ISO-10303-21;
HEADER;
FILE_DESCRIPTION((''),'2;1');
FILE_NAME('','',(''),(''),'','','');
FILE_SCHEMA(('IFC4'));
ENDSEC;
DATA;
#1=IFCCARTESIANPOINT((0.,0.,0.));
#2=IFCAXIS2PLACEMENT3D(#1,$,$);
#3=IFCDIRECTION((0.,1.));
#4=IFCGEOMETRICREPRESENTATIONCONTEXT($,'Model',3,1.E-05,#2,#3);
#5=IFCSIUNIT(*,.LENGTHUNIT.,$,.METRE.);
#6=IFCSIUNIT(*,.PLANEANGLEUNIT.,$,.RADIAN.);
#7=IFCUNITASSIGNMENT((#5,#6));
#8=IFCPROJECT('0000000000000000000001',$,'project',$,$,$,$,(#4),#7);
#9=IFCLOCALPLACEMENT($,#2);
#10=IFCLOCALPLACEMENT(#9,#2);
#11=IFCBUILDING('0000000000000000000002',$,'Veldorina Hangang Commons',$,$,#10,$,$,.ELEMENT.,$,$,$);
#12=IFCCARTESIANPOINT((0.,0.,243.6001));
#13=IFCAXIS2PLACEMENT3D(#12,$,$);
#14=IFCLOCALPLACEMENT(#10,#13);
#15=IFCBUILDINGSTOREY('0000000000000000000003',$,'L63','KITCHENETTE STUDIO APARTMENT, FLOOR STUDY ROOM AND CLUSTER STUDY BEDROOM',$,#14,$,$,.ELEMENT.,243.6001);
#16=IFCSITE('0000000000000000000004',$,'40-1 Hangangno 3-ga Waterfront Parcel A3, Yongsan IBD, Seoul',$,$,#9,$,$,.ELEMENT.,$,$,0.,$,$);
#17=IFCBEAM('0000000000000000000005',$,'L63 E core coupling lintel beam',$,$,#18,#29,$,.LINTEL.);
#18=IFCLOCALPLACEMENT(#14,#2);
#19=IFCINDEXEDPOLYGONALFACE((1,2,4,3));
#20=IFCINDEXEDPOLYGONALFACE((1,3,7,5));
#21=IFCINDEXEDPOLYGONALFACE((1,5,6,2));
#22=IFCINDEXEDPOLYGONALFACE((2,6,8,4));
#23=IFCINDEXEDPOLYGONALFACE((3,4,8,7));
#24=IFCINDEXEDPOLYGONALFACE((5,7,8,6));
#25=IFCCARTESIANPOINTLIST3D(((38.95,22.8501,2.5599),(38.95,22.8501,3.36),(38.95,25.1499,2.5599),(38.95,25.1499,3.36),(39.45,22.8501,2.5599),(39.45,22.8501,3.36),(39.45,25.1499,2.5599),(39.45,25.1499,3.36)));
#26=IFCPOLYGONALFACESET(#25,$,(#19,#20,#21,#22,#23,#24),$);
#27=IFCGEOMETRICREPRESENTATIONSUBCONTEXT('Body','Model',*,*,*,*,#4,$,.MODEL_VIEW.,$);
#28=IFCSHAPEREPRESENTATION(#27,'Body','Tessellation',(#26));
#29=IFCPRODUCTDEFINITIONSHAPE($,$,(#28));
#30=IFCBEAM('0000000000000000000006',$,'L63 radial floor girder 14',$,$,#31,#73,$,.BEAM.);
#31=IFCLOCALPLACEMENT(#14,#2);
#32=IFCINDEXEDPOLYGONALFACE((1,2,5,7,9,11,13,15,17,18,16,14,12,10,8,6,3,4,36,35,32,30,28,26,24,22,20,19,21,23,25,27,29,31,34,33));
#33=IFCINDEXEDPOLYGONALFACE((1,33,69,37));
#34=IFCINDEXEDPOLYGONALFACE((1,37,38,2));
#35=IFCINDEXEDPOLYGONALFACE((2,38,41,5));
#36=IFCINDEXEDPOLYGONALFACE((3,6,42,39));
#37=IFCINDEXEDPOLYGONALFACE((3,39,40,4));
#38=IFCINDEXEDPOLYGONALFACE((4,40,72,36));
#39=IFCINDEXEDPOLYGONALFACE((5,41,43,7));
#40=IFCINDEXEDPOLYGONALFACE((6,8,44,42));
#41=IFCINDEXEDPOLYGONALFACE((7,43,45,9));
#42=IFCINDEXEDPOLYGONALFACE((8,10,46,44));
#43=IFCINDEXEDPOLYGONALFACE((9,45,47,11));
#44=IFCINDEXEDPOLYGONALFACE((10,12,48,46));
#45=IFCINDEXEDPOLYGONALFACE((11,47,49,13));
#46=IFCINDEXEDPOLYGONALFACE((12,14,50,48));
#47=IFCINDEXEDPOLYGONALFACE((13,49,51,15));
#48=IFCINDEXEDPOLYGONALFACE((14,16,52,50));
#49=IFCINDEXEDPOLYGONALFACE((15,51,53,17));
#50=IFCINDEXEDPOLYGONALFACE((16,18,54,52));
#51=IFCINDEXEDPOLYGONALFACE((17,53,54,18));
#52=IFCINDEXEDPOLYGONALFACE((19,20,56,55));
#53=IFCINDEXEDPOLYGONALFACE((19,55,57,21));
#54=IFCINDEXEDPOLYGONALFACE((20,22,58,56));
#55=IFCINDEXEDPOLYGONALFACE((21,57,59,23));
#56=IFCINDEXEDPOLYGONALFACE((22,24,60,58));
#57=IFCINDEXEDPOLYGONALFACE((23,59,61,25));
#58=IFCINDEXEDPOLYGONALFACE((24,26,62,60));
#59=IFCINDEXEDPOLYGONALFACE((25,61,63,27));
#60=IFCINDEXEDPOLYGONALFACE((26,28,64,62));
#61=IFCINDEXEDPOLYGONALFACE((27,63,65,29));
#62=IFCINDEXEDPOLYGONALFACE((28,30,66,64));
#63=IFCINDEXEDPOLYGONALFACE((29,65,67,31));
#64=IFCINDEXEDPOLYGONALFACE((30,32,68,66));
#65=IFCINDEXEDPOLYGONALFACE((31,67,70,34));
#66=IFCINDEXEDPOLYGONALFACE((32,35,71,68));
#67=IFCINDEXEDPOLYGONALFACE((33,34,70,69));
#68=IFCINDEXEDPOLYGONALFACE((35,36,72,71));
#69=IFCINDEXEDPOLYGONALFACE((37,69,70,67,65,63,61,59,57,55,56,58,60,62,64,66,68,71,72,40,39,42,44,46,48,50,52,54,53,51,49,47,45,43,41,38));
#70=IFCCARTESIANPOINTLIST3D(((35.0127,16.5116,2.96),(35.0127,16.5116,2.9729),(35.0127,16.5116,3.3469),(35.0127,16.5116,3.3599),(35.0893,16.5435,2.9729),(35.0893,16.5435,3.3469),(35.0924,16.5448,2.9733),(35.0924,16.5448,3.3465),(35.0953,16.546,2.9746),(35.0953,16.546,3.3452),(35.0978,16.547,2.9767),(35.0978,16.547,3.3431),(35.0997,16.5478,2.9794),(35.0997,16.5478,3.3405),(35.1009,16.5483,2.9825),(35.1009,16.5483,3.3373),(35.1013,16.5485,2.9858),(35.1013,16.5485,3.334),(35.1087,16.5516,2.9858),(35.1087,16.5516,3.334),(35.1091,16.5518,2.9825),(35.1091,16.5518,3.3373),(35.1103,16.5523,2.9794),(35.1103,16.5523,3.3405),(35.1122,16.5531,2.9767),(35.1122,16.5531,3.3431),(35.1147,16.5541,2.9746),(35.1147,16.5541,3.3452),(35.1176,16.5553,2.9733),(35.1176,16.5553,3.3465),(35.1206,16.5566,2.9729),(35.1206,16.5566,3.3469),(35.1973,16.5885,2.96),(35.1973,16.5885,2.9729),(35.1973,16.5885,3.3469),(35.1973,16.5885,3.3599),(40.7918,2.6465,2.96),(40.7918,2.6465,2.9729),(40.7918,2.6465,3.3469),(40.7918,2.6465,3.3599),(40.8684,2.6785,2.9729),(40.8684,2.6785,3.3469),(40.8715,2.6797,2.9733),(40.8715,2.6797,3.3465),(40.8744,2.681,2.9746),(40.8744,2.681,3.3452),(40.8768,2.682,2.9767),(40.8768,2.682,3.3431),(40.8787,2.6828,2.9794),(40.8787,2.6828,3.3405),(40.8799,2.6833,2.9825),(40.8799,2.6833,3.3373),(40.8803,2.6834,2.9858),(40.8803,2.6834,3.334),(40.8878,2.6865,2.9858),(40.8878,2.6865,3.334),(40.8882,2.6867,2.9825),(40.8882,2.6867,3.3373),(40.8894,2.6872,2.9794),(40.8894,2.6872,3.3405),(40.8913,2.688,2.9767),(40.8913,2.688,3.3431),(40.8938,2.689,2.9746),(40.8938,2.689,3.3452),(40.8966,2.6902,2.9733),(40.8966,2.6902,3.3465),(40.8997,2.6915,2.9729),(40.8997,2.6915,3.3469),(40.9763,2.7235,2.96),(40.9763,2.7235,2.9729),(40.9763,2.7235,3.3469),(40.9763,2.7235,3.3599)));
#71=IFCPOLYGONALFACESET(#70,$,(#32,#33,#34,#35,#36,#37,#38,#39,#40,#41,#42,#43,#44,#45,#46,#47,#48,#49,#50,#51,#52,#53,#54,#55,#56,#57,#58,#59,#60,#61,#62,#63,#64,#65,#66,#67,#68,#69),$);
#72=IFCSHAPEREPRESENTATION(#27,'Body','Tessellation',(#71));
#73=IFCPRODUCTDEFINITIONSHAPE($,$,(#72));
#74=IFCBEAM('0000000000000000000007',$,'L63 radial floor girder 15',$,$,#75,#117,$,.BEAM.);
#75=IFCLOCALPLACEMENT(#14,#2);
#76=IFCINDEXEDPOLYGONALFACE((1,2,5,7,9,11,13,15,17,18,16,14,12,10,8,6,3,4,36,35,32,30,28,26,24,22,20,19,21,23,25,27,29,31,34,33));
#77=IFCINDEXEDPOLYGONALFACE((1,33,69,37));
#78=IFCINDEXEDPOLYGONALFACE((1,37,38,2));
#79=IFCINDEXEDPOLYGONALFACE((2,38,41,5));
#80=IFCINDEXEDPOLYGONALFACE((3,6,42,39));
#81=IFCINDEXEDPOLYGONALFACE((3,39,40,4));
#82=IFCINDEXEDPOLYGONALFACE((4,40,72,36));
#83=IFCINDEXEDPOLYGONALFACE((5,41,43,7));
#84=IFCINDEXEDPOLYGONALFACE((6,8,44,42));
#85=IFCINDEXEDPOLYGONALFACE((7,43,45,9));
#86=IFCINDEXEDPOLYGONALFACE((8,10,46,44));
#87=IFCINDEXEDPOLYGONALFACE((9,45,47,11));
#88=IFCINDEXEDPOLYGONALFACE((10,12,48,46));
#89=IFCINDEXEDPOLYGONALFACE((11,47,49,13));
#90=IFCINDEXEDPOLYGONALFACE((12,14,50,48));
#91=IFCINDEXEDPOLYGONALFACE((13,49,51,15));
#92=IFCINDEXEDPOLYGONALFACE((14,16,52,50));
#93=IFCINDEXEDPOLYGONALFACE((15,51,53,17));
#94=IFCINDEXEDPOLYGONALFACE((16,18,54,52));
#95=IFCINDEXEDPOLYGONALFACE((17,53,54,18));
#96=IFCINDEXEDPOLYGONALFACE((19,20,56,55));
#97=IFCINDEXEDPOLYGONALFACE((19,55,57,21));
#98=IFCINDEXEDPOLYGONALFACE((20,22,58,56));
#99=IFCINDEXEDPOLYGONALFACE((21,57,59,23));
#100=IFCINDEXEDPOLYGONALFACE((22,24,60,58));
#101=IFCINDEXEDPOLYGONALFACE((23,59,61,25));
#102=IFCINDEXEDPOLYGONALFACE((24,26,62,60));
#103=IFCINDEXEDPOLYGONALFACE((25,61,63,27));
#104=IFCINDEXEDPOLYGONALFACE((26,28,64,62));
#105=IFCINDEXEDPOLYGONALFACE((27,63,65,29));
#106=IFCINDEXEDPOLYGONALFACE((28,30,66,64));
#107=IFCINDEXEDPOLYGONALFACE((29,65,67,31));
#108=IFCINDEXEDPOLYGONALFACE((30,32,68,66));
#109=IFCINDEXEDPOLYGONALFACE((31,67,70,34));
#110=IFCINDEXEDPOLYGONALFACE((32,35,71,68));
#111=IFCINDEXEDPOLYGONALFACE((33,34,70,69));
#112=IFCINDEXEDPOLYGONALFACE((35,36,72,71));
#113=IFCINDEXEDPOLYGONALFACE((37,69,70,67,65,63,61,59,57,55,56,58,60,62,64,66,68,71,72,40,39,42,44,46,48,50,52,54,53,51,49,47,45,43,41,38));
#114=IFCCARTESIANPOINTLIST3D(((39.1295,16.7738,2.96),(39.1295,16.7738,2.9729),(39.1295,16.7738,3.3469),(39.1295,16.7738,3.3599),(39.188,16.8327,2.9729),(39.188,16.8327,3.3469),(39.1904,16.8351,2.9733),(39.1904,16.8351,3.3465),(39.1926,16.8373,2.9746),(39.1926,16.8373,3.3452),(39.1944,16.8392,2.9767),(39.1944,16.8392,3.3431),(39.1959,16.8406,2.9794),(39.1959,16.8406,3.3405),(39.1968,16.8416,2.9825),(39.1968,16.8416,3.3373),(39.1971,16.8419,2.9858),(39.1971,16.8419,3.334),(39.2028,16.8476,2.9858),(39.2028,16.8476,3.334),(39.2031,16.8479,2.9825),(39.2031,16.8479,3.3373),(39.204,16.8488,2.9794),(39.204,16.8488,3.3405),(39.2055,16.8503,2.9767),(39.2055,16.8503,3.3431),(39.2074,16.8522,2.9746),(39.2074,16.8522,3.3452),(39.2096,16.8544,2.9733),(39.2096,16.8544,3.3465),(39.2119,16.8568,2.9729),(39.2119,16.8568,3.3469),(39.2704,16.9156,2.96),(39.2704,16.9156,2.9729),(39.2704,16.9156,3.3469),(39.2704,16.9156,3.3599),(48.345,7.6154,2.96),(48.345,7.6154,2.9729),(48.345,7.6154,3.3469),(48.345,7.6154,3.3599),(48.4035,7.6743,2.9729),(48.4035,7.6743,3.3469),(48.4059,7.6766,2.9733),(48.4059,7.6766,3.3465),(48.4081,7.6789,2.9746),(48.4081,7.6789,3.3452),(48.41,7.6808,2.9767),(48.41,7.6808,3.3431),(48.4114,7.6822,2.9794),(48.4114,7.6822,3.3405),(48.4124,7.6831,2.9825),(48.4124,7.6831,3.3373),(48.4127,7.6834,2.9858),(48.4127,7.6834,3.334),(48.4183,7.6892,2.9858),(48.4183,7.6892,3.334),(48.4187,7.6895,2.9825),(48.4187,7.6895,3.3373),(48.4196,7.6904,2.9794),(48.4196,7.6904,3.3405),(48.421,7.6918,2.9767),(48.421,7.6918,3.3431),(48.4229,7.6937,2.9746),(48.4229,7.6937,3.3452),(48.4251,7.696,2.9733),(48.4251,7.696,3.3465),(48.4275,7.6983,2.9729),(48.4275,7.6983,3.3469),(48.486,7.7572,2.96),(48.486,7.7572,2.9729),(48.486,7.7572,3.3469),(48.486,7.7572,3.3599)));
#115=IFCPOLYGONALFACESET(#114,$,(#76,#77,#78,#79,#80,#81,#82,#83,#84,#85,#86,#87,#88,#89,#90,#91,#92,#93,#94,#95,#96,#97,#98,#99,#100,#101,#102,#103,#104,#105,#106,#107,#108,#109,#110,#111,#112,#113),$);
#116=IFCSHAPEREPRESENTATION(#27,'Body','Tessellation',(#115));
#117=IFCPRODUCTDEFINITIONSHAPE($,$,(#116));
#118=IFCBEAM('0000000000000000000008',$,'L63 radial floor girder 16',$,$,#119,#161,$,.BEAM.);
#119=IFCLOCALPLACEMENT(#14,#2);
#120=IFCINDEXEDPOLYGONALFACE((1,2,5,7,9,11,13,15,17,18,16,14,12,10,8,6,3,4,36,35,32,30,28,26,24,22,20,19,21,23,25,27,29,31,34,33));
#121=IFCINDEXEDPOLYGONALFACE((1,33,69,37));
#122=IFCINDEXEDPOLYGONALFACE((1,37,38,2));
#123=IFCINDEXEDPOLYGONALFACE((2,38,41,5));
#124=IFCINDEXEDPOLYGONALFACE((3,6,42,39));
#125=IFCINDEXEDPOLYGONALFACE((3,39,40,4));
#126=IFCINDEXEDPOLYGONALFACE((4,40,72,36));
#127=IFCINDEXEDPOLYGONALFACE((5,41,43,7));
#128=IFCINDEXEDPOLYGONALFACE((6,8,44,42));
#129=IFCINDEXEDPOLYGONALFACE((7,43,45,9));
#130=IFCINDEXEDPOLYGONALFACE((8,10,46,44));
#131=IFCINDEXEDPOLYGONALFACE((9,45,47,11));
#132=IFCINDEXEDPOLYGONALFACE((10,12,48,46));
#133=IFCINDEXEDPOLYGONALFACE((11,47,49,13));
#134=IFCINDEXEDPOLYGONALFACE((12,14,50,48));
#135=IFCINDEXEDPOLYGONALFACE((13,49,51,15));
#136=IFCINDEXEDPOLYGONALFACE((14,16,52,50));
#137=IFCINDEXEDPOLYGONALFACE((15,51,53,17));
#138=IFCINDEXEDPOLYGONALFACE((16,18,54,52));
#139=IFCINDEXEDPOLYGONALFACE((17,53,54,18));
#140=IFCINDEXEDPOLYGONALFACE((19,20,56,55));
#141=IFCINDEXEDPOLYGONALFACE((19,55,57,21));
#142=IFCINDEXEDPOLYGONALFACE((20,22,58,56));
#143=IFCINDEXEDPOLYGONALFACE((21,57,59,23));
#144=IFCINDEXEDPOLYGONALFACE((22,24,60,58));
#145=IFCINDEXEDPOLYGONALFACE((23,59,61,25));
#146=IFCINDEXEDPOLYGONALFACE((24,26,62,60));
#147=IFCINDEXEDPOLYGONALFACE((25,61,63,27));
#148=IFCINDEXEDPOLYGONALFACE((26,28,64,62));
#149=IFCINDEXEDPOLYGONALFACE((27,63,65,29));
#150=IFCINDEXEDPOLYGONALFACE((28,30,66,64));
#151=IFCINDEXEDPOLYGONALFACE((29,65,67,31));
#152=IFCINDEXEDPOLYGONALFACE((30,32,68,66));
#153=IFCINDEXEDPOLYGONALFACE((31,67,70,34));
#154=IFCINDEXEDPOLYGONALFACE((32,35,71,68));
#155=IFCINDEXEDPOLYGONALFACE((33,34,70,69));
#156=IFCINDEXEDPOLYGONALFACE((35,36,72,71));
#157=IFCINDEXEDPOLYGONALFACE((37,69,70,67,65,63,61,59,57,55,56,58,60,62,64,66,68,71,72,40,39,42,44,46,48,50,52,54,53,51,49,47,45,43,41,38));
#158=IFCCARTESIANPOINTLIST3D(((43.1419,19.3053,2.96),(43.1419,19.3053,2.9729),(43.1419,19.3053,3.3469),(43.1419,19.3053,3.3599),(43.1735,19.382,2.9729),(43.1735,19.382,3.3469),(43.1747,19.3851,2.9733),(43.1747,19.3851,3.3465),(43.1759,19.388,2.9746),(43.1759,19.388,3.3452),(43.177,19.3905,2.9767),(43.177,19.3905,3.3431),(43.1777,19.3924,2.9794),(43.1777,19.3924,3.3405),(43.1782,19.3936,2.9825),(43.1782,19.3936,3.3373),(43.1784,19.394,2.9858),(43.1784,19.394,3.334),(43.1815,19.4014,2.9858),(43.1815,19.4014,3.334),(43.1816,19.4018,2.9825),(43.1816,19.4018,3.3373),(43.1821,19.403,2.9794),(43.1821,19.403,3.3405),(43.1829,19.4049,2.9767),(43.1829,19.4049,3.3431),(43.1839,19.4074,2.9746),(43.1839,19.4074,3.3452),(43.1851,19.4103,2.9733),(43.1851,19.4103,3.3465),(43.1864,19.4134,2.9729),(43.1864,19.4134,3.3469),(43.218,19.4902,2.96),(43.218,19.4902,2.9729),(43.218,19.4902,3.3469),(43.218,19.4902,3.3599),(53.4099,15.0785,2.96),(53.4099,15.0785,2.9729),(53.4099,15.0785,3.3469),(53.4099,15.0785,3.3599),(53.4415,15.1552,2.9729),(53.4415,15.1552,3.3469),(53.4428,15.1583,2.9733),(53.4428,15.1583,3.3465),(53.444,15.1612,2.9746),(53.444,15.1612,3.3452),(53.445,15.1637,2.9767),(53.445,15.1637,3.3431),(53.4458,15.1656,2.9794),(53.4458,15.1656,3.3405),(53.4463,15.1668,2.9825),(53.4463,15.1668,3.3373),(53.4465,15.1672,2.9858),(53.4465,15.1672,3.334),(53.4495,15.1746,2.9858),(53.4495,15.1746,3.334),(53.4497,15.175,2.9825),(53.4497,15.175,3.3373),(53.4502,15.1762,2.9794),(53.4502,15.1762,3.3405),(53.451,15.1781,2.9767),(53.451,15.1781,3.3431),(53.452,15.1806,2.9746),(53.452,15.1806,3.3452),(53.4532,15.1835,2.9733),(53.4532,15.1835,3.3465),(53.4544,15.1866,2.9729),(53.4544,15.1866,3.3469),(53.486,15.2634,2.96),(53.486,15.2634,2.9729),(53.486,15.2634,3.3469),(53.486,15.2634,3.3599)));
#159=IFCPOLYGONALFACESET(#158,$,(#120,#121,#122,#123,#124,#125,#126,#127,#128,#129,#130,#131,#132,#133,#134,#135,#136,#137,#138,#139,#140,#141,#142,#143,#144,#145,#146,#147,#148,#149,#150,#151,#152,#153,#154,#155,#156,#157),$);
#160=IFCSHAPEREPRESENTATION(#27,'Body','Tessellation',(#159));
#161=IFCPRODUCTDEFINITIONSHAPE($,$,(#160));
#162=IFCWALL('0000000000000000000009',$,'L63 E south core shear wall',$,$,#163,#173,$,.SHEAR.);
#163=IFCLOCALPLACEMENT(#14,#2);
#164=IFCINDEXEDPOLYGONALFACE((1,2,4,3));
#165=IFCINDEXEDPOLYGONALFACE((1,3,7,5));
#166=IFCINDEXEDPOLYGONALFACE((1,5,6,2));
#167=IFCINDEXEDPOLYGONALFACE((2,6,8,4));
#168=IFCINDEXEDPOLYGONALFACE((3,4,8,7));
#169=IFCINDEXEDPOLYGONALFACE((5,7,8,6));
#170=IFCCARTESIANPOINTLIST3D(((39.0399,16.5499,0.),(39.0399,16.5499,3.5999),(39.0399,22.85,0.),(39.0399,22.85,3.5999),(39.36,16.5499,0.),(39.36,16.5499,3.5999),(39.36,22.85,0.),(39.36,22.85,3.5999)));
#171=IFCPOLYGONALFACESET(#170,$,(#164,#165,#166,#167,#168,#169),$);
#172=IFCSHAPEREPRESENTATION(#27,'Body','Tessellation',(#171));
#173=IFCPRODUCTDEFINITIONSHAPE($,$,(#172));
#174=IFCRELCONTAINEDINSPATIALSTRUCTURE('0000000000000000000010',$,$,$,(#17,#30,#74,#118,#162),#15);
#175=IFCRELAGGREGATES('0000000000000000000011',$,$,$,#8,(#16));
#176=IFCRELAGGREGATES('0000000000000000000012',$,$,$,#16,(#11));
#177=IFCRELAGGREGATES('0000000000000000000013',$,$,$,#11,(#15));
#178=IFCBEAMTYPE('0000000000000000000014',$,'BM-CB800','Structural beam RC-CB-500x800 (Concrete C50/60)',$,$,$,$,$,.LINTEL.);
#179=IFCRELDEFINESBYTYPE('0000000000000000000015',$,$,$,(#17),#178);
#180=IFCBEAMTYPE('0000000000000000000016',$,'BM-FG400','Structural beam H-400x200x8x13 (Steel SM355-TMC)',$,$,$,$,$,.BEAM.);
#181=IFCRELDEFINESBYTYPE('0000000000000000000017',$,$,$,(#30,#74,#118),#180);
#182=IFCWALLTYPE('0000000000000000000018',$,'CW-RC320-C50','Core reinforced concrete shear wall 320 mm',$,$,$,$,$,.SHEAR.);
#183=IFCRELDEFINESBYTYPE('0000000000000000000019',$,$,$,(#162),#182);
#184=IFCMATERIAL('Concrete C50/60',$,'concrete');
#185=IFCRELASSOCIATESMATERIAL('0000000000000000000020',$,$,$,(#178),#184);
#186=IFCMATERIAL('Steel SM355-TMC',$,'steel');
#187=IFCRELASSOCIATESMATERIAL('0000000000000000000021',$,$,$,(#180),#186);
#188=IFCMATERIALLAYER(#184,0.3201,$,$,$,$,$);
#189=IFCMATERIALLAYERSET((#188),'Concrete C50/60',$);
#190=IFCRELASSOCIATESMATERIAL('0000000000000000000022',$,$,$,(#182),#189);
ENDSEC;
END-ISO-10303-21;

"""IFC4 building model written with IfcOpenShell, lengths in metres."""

from ifc_helpers import new_model, si_unit, direction, frame, frame_2d, origin, origin_2d, place, context, subcontext, project, spatial, rectangle, i_section, extrude, material, layer, layer_set, material_profile, profile_set, type_object, element, save


model = new_model("IFC4")

# Units and contexts
model_context = context("Model", 3, precision=1e-05, world=origin(), true_north=direction((0.0, 1.0)))
body_context = subcontext(model_context, "Body", "Model", "MODEL_VIEW")
ifc_project = project(units=[si_unit("LENGTHUNIT", "METRE"), si_unit("PLANEANGLEUNIT", "RADIAN")], contexts=[model_context])

# Site, building, storey
site_placement = place(None, origin())
site = spatial("IfcSite", under=ifc_project, at=site_placement, Name="40-1 Hangangno 3-ga Waterfront Parcel A3, Yongsan IBD, Seoul", CompositionType="ELEMENT", RefElevation=0.0)
building_placement = place(site_placement, origin())
building = spatial("IfcBuilding", under=site, at=building_placement, Name="Veldorina Hangang Commons", CompositionType="ELEMENT")
storey_placement = place(building_placement, frame((0.0, 0.0, 243.6001)))
storey = spatial("IfcBuildingStorey", under=building, at=storey_placement, Name="L63", Description="KITCHENETTE STUDIO APARTMENT, FLOOR STUDY ROOM AND CLUSTER STUDY BEDROOM", CompositionType="ELEMENT", Elevation=243.6001)

# Beams
ifc_material_1 = material(Name="Concrete C50/60", Category="concrete")
ifc_material_profile_1 = material_profile(ifc_material_1, rectangle(XDim=0.5, YDim=0.8, at=origin_2d()), Name="RC-CB-500x800")
ifc_profile_set_1 = profile_set([ifc_material_profile_1], Name="Concrete C50/60")
beam_type_1 = type_object("IfcBeamType", Name="BM-CB800", Description="Structural beam RC-CB-500x800 (Concrete C50/60)", PredefinedType="LINTEL", material=ifc_profile_set_1)
beam_1_placement = place(storey_placement, frame((39.2, 22.8501, 2.96), z_axis=(0.0, 1.0, 0.0), x_axis=(-1.0, 0.0, 0.0)))
element("IfcBeam", 1, at=beam_1_placement, inside=storey, type_object=beam_type_1, Name="L63 E core coupling lintel beam", PredefinedType="LINTEL", context=body_context, shape_type="SweptSolid", body=[
    extrude(rectangle(XDim=0.5, YDim=0.8, at=origin_2d()), origin(), (0.0, 0.0, 1.0), 2.2998),
])
ifc_material_2 = material(Name="Steel SM355-TMC", Category="steel")
ifc_material_profile_2 = material_profile(ifc_material_2, i_section(OverallWidth=0.2, OverallDepth=0.3999, WebThickness=0.0081, FlangeThickness=0.0129, FilletRadius=0.0129, at=origin_2d()), Name="H-400x200x8x13")
ifc_profile_set_2 = profile_set([ifc_material_profile_2], Name="Steel SM355-TMC")
beam_type_2 = type_object("IfcBeamType", Name="BM-FG400", Description="Structural beam H-400x200x8x13 (Steel SM355-TMC)", PredefinedType="BEAM", material=ifc_profile_set_2)
beam_2_placement = place(storey_placement, frame((35.105, 16.55, 3.1599), z_axis=(0.384727, -0.92303, 0.0), x_axis=(0.92303, 0.384727, 0.0)))
element("IfcBeam", 2, at=beam_2_placement, inside=storey, type_object=beam_type_2, Name="L63 radial floor girder 14", PredefinedType="BEAM", context=body_context, shape_type="SweptSolid", body=[
    extrude(i_section(OverallWidth=0.2, OverallDepth=0.3999, WebThickness=0.0081, FlangeThickness=0.0129, FilletRadius=0.0129, at=origin_2d()), origin(), (0.0, 0.0, 1.0), 15.0212),
])
beam_3_placement = place(storey_placement, frame((39.2, 16.8447, 3.1599), z_axis=(0.709302, -0.704905, 0.0), x_axis=(0.704905, 0.709302, 0.0)))
element("IfcBeam", 3, at=beam_3_placement, inside=storey, type_object=beam_type_2, Name="L63 radial floor girder 15", PredefinedType="BEAM", context=body_context, shape_type="SweptSolid", body=[
    extrude(i_section(OverallWidth=0.2, OverallDepth=0.3999, WebThickness=0.0081, FlangeThickness=0.0129, FilletRadius=0.0129, at=origin_2d()), origin(), (0.0, 0.0, 1.0), 12.9924),
])
beam_4_placement = place(storey_placement, frame((43.1799, 19.3977, 3.1599), z_axis=(0.924717, -0.380656, 0.0), x_axis=(0.380656, 0.924717, 0.0)))
element("IfcBeam", 4, at=beam_4_placement, inside=storey, type_object=beam_type_2, Name="L63 radial floor girder 16", PredefinedType="BEAM", context=body_context, shape_type="SweptSolid", body=[
    extrude(i_section(OverallWidth=0.2, OverallDepth=0.3999, WebThickness=0.0081, FlangeThickness=0.0129, FilletRadius=0.0129, at=origin_2d()), origin(), (0.0, 0.0, 1.0), 11.104),
])

# Wall
ifc_layer_1 = layer(ifc_material_1, 0.3201)
ifc_layer_set_1 = layer_set([ifc_layer_1], Name="Concrete C50/60")
wall_type_1 = type_object("IfcWallType", Name="CW-RC320-C50", Description="Core reinforced concrete shear wall 320 mm", PredefinedType="SHEAR", material=ifc_layer_set_1)
wall_1_placement = place(storey_placement, frame((39.2, 16.55, 0.0), z_axis=(0.0, 0.0, 1.0), x_axis=(0.0, 1.0, 0.0)))
element("IfcWall", 5, at=wall_1_placement, inside=storey, type_object=wall_type_1, Name="L63 E south core shear wall", PredefinedType="SHEAR", context=body_context, shape_type="SweptSolid", body=[
    extrude(rectangle(XDim=6.3, YDim=0.3201, at=frame_2d((3.1499, 0.0))), origin(), (0.0, 0.0, 1.0), 3.5999),
])

save(model, "model.ifc")
